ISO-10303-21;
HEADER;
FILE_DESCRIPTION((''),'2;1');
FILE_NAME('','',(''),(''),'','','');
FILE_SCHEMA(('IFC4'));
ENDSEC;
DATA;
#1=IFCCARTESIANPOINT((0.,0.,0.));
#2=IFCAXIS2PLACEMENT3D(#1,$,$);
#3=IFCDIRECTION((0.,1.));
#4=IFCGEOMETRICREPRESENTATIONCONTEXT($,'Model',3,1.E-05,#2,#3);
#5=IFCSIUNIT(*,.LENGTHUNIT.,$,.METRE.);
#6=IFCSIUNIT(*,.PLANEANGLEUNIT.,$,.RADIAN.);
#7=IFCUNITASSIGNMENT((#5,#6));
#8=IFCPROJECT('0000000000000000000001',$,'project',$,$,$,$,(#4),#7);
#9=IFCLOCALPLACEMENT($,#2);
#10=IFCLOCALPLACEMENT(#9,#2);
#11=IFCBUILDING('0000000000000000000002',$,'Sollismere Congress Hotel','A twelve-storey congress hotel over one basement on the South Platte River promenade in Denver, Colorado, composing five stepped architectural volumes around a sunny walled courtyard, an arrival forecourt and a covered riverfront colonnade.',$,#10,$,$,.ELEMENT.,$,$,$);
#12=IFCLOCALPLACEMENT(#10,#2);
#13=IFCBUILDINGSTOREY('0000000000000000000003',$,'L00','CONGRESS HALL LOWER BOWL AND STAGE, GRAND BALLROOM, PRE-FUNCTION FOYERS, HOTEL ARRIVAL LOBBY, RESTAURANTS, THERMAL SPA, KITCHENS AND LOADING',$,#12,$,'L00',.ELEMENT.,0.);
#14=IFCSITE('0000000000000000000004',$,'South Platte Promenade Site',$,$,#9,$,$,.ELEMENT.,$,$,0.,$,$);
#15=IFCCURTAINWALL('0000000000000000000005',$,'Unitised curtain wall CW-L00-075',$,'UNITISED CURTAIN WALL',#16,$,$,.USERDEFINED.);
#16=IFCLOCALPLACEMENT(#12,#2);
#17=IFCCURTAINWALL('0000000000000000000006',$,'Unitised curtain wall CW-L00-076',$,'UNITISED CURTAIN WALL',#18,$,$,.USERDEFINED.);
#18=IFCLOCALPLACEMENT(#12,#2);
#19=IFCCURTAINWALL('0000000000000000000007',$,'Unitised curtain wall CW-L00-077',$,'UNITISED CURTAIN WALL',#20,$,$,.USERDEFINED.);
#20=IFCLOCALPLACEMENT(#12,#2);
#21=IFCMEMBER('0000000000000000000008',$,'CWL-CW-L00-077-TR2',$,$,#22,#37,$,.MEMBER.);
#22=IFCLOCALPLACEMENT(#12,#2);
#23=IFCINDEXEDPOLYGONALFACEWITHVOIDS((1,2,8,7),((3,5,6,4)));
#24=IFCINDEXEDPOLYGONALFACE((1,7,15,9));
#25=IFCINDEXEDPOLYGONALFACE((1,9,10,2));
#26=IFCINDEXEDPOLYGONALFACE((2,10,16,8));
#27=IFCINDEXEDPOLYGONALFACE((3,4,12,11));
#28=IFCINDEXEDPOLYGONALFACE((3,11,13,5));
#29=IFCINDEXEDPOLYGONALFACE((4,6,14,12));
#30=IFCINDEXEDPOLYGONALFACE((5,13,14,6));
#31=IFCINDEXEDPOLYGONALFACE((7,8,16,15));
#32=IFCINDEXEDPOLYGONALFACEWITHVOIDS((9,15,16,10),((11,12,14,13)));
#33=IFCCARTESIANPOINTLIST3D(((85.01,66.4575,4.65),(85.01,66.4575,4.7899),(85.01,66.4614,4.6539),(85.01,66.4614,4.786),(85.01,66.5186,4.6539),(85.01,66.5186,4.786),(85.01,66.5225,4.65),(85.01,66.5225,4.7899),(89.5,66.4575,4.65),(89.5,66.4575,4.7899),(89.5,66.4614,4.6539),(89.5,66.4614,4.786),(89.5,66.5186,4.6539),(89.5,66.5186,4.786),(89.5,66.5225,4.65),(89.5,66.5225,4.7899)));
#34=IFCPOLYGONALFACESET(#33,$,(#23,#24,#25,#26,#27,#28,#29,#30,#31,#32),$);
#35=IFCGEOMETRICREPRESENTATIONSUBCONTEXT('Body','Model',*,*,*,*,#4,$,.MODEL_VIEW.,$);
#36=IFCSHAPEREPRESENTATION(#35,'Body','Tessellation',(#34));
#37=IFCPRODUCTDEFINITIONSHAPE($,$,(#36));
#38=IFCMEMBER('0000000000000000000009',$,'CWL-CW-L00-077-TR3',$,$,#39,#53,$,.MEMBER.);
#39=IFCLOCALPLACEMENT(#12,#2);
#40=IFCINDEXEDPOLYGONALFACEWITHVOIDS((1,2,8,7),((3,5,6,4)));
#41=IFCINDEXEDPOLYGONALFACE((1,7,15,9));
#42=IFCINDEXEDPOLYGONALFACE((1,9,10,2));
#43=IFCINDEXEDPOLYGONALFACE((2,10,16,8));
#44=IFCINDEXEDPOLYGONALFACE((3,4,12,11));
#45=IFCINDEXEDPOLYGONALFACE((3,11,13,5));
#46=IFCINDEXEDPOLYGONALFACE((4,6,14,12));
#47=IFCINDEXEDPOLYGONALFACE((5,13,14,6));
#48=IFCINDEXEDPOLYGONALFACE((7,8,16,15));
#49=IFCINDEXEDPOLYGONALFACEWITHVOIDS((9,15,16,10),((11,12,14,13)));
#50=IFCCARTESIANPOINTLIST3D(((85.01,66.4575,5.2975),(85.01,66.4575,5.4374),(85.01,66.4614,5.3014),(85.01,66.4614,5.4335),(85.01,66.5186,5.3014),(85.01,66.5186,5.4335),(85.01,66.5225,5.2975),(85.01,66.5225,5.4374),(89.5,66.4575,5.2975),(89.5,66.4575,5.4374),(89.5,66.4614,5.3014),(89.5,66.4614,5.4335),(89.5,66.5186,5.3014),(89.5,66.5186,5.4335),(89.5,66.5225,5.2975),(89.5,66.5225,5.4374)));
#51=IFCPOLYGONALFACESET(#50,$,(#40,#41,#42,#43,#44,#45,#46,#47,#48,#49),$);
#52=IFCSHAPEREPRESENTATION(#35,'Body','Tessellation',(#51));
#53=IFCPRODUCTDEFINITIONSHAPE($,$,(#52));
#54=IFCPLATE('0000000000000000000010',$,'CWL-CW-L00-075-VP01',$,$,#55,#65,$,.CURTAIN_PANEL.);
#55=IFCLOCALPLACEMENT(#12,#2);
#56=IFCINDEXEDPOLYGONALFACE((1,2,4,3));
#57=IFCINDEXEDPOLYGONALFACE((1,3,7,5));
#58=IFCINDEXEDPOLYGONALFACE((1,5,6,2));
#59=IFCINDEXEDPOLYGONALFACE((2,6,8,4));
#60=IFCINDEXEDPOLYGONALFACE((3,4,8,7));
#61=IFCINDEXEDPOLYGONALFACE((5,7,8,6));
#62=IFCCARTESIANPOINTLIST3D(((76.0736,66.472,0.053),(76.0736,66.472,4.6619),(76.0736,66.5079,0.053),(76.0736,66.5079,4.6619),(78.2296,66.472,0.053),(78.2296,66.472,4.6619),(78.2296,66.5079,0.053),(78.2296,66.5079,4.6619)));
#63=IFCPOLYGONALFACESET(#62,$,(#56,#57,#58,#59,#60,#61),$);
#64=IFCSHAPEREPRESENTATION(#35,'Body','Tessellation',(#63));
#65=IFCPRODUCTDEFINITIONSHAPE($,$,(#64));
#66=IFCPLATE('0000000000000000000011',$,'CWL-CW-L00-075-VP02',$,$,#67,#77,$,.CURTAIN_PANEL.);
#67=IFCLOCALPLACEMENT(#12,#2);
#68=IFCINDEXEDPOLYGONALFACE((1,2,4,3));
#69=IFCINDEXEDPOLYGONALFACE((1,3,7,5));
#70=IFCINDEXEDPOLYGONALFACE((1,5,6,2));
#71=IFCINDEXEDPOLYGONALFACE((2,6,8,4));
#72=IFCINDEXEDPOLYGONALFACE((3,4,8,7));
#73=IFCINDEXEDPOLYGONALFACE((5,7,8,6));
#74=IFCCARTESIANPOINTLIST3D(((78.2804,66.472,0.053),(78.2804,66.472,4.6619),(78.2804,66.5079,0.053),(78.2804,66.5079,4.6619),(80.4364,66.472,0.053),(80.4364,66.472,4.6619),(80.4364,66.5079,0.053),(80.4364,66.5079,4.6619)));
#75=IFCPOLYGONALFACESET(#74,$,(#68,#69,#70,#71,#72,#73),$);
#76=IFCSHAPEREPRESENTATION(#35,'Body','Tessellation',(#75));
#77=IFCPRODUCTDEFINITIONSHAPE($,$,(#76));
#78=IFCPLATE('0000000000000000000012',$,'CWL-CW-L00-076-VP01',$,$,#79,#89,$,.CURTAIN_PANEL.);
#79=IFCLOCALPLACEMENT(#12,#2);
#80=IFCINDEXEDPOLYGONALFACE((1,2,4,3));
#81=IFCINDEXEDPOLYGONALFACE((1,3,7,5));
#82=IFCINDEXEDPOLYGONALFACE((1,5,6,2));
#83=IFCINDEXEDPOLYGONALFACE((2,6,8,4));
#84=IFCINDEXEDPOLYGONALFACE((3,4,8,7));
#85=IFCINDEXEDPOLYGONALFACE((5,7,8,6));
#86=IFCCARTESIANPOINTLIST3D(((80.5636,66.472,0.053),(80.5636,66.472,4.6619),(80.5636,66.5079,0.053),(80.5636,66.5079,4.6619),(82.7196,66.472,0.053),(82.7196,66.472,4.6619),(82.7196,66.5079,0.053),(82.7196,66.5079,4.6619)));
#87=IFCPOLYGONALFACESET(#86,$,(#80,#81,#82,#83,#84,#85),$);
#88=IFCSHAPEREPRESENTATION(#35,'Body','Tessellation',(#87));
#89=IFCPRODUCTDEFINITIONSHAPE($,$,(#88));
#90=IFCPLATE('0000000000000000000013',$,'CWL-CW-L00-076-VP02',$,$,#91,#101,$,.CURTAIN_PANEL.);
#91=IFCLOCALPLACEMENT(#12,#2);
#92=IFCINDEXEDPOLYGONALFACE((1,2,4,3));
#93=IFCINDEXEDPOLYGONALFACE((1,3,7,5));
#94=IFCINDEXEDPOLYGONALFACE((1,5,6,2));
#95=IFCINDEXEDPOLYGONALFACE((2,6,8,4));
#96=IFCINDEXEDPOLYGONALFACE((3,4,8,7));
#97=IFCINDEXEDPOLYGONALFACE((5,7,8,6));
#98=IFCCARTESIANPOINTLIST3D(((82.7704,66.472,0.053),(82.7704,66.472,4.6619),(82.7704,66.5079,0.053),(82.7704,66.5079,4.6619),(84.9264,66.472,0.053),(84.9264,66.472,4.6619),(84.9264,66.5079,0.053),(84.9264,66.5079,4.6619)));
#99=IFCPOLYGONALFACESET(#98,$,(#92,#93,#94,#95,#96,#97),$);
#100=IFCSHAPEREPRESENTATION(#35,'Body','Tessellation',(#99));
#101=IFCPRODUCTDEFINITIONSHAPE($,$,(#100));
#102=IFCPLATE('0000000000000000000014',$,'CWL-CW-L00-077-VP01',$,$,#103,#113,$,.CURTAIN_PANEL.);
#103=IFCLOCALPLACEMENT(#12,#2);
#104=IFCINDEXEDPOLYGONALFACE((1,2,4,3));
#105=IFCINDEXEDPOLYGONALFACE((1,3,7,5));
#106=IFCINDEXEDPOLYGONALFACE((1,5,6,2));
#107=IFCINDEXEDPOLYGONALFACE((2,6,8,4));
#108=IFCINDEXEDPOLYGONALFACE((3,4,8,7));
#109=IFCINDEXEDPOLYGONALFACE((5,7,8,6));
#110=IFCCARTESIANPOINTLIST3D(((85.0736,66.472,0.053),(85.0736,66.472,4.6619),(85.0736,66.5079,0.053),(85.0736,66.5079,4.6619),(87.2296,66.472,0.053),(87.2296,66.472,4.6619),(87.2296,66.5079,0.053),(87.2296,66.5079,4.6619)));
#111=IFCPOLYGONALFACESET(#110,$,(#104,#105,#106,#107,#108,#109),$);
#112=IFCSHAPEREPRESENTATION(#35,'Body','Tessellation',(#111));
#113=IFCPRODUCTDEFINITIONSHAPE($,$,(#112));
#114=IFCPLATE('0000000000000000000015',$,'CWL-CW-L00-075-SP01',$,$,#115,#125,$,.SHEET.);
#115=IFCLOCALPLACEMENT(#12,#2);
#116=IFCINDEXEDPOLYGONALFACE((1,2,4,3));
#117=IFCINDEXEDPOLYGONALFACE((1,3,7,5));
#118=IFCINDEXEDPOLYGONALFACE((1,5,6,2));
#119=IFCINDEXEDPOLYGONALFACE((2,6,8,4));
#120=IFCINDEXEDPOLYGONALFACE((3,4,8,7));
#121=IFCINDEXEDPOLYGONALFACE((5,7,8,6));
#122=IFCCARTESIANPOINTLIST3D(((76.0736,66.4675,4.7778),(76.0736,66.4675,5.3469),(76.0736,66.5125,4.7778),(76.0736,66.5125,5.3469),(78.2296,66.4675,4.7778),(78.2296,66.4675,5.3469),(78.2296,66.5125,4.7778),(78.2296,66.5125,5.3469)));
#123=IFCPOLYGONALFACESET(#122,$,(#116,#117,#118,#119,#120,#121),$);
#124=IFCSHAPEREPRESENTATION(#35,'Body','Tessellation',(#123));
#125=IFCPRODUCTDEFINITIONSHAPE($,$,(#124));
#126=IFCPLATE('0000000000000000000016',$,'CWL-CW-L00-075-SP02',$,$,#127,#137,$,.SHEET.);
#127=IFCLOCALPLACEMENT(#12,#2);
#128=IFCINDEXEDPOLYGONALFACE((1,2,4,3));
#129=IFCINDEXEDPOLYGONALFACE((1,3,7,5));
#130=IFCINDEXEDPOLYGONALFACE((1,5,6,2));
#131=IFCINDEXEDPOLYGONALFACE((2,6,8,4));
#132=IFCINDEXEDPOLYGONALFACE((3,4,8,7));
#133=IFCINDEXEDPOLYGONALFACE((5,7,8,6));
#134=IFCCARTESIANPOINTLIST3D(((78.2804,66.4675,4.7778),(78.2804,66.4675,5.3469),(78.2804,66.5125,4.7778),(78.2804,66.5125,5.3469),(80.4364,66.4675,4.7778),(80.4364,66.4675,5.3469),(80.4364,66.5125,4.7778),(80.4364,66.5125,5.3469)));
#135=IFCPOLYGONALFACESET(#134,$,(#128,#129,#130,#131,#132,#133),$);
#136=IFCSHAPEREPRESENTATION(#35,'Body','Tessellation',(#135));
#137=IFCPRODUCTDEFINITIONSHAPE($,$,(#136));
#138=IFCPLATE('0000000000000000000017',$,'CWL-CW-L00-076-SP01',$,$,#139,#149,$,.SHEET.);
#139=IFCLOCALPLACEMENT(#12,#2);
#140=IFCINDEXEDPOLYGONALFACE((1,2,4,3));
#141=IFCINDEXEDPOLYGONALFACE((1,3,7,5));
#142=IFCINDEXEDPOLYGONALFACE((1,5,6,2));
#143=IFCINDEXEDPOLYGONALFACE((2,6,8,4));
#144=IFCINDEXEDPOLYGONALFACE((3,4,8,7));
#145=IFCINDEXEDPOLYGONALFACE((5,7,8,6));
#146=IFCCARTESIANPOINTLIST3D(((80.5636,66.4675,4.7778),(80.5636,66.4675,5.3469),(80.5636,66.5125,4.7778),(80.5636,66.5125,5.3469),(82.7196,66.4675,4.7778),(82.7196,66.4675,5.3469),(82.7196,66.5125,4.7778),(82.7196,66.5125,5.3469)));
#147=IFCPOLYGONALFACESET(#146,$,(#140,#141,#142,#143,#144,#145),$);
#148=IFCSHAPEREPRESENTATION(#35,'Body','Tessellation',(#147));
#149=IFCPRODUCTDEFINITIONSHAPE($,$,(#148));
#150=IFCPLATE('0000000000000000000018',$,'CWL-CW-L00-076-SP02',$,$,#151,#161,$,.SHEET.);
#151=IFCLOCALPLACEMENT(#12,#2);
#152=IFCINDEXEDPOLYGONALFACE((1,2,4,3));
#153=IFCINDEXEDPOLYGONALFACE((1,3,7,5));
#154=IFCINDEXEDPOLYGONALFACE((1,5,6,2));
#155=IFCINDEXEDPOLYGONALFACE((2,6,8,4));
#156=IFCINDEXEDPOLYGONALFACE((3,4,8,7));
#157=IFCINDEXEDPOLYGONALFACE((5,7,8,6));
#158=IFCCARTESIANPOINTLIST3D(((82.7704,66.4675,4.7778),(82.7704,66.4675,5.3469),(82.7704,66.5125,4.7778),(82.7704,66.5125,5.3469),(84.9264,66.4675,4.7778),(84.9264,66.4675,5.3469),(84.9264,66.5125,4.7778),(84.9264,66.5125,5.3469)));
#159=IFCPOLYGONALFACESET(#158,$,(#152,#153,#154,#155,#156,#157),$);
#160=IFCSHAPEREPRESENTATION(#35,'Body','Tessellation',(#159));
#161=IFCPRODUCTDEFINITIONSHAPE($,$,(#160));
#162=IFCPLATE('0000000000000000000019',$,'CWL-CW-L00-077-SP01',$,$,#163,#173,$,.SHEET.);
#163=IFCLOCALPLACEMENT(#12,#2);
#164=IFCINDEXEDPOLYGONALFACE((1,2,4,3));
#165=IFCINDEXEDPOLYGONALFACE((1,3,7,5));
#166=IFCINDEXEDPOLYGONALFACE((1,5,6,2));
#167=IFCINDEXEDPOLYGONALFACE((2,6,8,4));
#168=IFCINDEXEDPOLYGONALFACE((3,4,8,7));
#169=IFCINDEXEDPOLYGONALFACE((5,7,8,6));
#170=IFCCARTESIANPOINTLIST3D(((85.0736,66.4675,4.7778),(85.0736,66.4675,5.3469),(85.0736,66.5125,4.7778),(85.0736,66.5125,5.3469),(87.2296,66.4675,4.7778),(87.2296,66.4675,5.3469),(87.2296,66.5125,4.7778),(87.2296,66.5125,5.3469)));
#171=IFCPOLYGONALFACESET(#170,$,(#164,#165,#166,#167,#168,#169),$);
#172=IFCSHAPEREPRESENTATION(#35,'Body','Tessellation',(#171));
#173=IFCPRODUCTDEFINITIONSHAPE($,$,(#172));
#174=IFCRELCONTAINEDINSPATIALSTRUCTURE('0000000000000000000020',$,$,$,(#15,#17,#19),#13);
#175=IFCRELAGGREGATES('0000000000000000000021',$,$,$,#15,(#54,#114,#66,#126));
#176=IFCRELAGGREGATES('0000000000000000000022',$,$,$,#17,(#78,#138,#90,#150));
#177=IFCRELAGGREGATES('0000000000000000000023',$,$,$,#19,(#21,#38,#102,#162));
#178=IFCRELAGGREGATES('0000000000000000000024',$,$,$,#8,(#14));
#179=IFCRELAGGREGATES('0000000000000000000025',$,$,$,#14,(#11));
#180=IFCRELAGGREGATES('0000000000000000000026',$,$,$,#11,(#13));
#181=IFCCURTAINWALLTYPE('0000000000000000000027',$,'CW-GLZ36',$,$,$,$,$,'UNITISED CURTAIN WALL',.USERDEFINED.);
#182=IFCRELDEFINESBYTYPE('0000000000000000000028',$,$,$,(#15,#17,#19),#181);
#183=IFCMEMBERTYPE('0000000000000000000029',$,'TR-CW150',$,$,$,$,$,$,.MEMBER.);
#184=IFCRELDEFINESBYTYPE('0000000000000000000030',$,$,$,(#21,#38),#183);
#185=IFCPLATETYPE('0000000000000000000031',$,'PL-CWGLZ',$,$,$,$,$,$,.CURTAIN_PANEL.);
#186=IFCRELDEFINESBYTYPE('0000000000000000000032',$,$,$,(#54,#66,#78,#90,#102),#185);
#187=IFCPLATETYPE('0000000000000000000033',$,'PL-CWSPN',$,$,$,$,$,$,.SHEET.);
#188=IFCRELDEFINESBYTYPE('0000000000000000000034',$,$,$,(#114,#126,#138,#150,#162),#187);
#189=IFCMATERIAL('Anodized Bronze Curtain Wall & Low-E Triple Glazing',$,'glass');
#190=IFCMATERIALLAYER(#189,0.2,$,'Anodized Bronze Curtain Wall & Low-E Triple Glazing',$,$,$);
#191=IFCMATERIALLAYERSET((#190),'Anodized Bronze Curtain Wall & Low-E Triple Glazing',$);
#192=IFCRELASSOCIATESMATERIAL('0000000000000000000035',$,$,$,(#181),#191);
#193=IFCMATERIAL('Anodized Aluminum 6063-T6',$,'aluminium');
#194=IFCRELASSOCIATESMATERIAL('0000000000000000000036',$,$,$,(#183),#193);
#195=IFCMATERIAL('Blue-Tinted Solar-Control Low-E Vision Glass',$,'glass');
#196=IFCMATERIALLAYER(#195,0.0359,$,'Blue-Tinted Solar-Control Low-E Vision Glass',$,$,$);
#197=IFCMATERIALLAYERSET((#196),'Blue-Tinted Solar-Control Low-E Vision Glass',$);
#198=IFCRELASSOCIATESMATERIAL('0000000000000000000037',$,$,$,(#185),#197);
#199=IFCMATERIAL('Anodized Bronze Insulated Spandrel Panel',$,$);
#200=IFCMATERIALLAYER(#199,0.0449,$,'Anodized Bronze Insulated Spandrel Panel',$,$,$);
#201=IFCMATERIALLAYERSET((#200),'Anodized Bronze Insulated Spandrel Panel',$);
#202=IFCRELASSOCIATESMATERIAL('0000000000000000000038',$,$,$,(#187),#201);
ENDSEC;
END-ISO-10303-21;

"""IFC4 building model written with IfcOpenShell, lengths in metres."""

from ifc_helpers import new_model, si_unit, direction, frame, origin, origin_2d, place, context, subcontext, project, spatial, rectangle, hollow_rectangle, extrude, material, layer, layer_set, material_profile, profile_set, type_object, element, aggregate, save


model = new_model("IFC4")

# Units and contexts
model_context = context("Model", 3, precision=1e-05, world=origin(), true_north=direction((0.0, 1.0)))
body_context = subcontext(model_context, "Body", "Model", "MODEL_VIEW")
ifc_project = project(units=[si_unit("LENGTHUNIT", "METRE"), si_unit("PLANEANGLEUNIT", "RADIAN")], contexts=[model_context])

# Site, building, storey
site_placement = place(None, origin())
site = spatial("IfcSite", under=ifc_project, at=site_placement, Name="South Platte Promenade Site", CompositionType="ELEMENT", RefElevation=0.0)
building_placement = place(site_placement, origin())
building = spatial("IfcBuilding", under=site, at=building_placement, Name="Sollismere Congress Hotel", Description="A twelve-storey congress hotel over one basement on the South Platte River promenade in Denver, Colorado, composing five stepped architectural volumes around a sunny walled courtyard, an arrival forecourt and a covered riverfront colonnade.", CompositionType="ELEMENT")
storey_placement = place(building_placement, origin())
storey = spatial("IfcBuildingStorey", under=building, at=storey_placement, Name="L00", Description="CONGRESS HALL LOWER BOWL AND STAGE, GRAND BALLROOM, PRE-FUNCTION FOYERS, HOTEL ARRIVAL LOBBY, RESTAURANTS, THERMAL SPA, KITCHENS AND LOADING", LongName="L00", CompositionType="ELEMENT", Elevation=0.0)

# Curtain walls
ifc_material_1 = material(Name="Anodized Bronze Curtain Wall & Low-E Triple Glazing", Category="glass")
ifc_layer_1 = layer(ifc_material_1, 0.2, Name="Anodized Bronze Curtain Wall & Low-E Triple Glazing")
ifc_layer_set_1 = layer_set([ifc_layer_1], Name="Anodized Bronze Curtain Wall & Low-E Triple Glazing")
curtain_wall_type = type_object("IfcCurtainWallType", Name="CW-GLZ36", ElementType="UNITISED CURTAIN WALL", PredefinedType="USERDEFINED", material=ifc_layer_set_1)
curtain_wall_1_placement = place(storey_placement, origin())
curtain_wall_1 = element("IfcCurtainWall", 1, at=curtain_wall_1_placement, inside=storey, type_object=curtain_wall_type, Name="Unitised curtain wall CW-L00-075", ObjectType="UNITISED CURTAIN WALL", PredefinedType="USERDEFINED")
ifc_material_2 = material(Name="Anodized Aluminum 6063-T6", Category="aluminium")
curtain_wall_2_placement = place(storey_placement, origin())
curtain_wall_2 = element("IfcCurtainWall", 2, at=curtain_wall_2_placement, inside=storey, type_object=curtain_wall_type, Name="Unitised curtain wall CW-L00-076", ObjectType="UNITISED CURTAIN WALL", PredefinedType="USERDEFINED")
curtain_wall_3_placement = place(storey_placement, origin())
curtain_wall_3 = element("IfcCurtainWall", 3, at=curtain_wall_3_placement, inside=storey, type_object=curtain_wall_type, Name="Unitised curtain wall CW-L00-077", ObjectType="UNITISED CURTAIN WALL", PredefinedType="USERDEFINED")

# Members
ifc_material_profile_1 = material_profile(ifc_material_2, hollow_rectangle(XDim=0.0649, YDim=0.1399, WallThickness=0.0039, at=origin_2d()), Name="ALU140X65X4")
ifc_profile_set_1 = profile_set([ifc_material_profile_1], Name="Anodized Aluminum 6063-T6")
member_type_1 = type_object("IfcMemberType", Name="TR-CW150", PredefinedType="MEMBER", material=ifc_profile_set_1)
member_1_placement = place(storey_placement, frame((85.01, 66.49, 4.72), z_axis=(1.0, 0.0, 0.0), x_axis=(0.0, 1.0, 0.0)))
member_1 = element("IfcMember", 4, at=member_1_placement, type_object=member_type_1, Name="CWL-CW-L00-077-TR2", PredefinedType="MEMBER", context=body_context, shape_type="SweptSolid", body=[
    extrude(hollow_rectangle(XDim=0.0649, YDim=0.1399, WallThickness=0.0039, at=origin_2d()), origin(), (0.0, 0.0, 1.0), 4.49),
])
member_2_placement = place(storey_placement, frame((85.01, 66.49, 5.3674), z_axis=(1.0, 0.0, 0.0), x_axis=(0.0, 1.0, 0.0)))
member_2 = element("IfcMember", 5, at=member_2_placement, type_object=member_type_1, Name="CWL-CW-L00-077-TR3", PredefinedType="MEMBER", context=body_context, shape_type="SweptSolid", body=[
    extrude(hollow_rectangle(XDim=0.0649, YDim=0.1399, WallThickness=0.0039, at=origin_2d()), origin(), (0.0, 0.0, 1.0), 4.49),
])

# Plates
ifc_material_3 = material(Name="Blue-Tinted Solar-Control Low-E Vision Glass", Category="glass")
ifc_layer_2 = layer(ifc_material_3, 0.0359, Name="Blue-Tinted Solar-Control Low-E Vision Glass")
ifc_layer_set_2 = layer_set([ifc_layer_2], Name="Blue-Tinted Solar-Control Low-E Vision Glass")
plate_type_1 = type_object("IfcPlateType", Name="PL-CWGLZ", PredefinedType="CURTAIN_PANEL", material=ifc_layer_set_2)
plate_1_placement = place(storey_placement, frame((77.1516, 66.49, 0.053), z_axis=(0.0, 0.0, 1.0), x_axis=(1.0, 0.0, 0.0)))
plate_1 = element("IfcPlate", 6, at=plate_1_placement, type_object=plate_type_1, Name="CWL-CW-L00-075-VP01", PredefinedType="CURTAIN_PANEL", context=body_context, shape_type="SweptSolid", body=[
    extrude(rectangle(XDim=2.156, YDim=0.0359, at=origin_2d()), origin(), (0.0, 0.0, 1.0), 4.6089),
])
plate_2_placement = place(storey_placement, frame((79.3584, 66.49, 0.053), z_axis=(0.0, 0.0, 1.0), x_axis=(1.0, 0.0, 0.0)))
plate_2 = element("IfcPlate", 7, at=plate_2_placement, type_object=plate_type_1, Name="CWL-CW-L00-075-VP02", PredefinedType="CURTAIN_PANEL", context=body_context, shape_type="SweptSolid", body=[
    extrude(rectangle(XDim=2.156, YDim=0.0359, at=origin_2d()), origin(), (0.0, 0.0, 1.0), 4.6089),
])
plate_3_placement = place(storey_placement, frame((81.6416, 66.49, 0.053), z_axis=(0.0, 0.0, 1.0), x_axis=(1.0, 0.0, 0.0)))
plate_3 = element("IfcPlate", 8, at=plate_3_placement, type_object=plate_type_1, Name="CWL-CW-L00-076-VP01", PredefinedType="CURTAIN_PANEL", context=body_context, shape_type="SweptSolid", body=[
    extrude(rectangle(XDim=2.156, YDim=0.0359, at=origin_2d()), origin(), (0.0, 0.0, 1.0), 4.6089),
])
plate_4_placement = place(storey_placement, frame((83.8484, 66.49, 0.053), z_axis=(0.0, 0.0, 1.0), x_axis=(1.0, 0.0, 0.0)))
plate_4 = element("IfcPlate", 9, at=plate_4_placement, type_object=plate_type_1, Name="CWL-CW-L00-076-VP02", PredefinedType="CURTAIN_PANEL", context=body_context, shape_type="SweptSolid", body=[
    extrude(rectangle(XDim=2.156, YDim=0.0359, at=origin_2d()), origin(), (0.0, 0.0, 1.0), 4.6089),
])
plate_5_placement = place(storey_placement, frame((86.1516, 66.49, 0.053), z_axis=(0.0, 0.0, 1.0), x_axis=(1.0, 0.0, 0.0)))
plate_5 = element("IfcPlate", 10, at=plate_5_placement, type_object=plate_type_1, Name="CWL-CW-L00-077-VP01", PredefinedType="CURTAIN_PANEL", context=body_context, shape_type="SweptSolid", body=[
    extrude(rectangle(XDim=2.156, YDim=0.0359, at=origin_2d()), origin(), (0.0, 0.0, 1.0), 4.6089),
])
ifc_material_4 = material(Name="Anodized Bronze Insulated Spandrel Panel")
ifc_layer_3 = layer(ifc_material_4, 0.0449, Name="Anodized Bronze Insulated Spandrel Panel")
ifc_layer_set_3 = layer_set([ifc_layer_3], Name="Anodized Bronze Insulated Spandrel Panel")
plate_type_2 = type_object("IfcPlateType", Name="PL-CWSPN", PredefinedType="SHEET", material=ifc_layer_set_3)
plate_6_placement = place(storey_placement, frame((77.1516, 66.49, 4.7778), z_axis=(0.0, 0.0, 1.0), x_axis=(1.0, 0.0, 0.0)))
plate_6 = element("IfcPlate", 11, at=plate_6_placement, type_object=plate_type_2, Name="CWL-CW-L00-075-SP01", PredefinedType="SHEET", context=body_context, shape_type="SweptSolid", body=[
    extrude(rectangle(XDim=2.156, YDim=0.0449, at=origin_2d()), origin(), (0.0, 0.0, 1.0), 0.5691),
])
plate_7_placement = place(storey_placement, frame((79.3584, 66.49, 4.7778), z_axis=(0.0, 0.0, 1.0), x_axis=(1.0, 0.0, 0.0)))
plate_7 = element("IfcPlate", 12, at=plate_7_placement, type_object=plate_type_2, Name="CWL-CW-L00-075-SP02", PredefinedType="SHEET", context=body_context, shape_type="SweptSolid", body=[
    extrude(rectangle(XDim=2.156, YDim=0.0449, at=origin_2d()), origin(), (0.0, 0.0, 1.0), 0.5691),
])
aggregate(curtain_wall_1, [plate_1, plate_6, plate_2, plate_7])
plate_8_placement = place(storey_placement, frame((81.6416, 66.49, 4.7778), z_axis=(0.0, 0.0, 1.0), x_axis=(1.0, 0.0, 0.0)))
plate_8 = element("IfcPlate", 13, at=plate_8_placement, type_object=plate_type_2, Name="CWL-CW-L00-076-SP01", PredefinedType="SHEET", context=body_context, shape_type="SweptSolid", body=[
    extrude(rectangle(XDim=2.156, YDim=0.0449, at=origin_2d()), origin(), (0.0, 0.0, 1.0), 0.5691),
])
plate_9_placement = place(storey_placement, frame((83.8484, 66.49, 4.7778), z_axis=(0.0, 0.0, 1.0), x_axis=(1.0, 0.0, 0.0)))
plate_9 = element("IfcPlate", 14, at=plate_9_placement, type_object=plate_type_2, Name="CWL-CW-L00-076-SP02", PredefinedType="SHEET", context=body_context, shape_type="SweptSolid", body=[
    extrude(rectangle(XDim=2.156, YDim=0.0449, at=origin_2d()), origin(), (0.0, 0.0, 1.0), 0.5691),
])
aggregate(curtain_wall_2, [plate_3, plate_8, plate_4, plate_9])
plate_10_placement = place(storey_placement, frame((86.1516, 66.49, 4.7778), z_axis=(0.0, 0.0, 1.0), x_axis=(1.0, 0.0, 0.0)))
plate_10 = element("IfcPlate", 15, at=plate_10_placement, type_object=plate_type_2, Name="CWL-CW-L00-077-SP01", PredefinedType="SHEET", context=body_context, shape_type="SweptSolid", body=[
    extrude(rectangle(XDim=2.156, YDim=0.0449, at=origin_2d()), origin(), (0.0, 0.0, 1.0), 0.5691),
])
aggregate(curtain_wall_3, [member_1, member_2, plate_5, plate_10])

save(model, "model.ifc")
